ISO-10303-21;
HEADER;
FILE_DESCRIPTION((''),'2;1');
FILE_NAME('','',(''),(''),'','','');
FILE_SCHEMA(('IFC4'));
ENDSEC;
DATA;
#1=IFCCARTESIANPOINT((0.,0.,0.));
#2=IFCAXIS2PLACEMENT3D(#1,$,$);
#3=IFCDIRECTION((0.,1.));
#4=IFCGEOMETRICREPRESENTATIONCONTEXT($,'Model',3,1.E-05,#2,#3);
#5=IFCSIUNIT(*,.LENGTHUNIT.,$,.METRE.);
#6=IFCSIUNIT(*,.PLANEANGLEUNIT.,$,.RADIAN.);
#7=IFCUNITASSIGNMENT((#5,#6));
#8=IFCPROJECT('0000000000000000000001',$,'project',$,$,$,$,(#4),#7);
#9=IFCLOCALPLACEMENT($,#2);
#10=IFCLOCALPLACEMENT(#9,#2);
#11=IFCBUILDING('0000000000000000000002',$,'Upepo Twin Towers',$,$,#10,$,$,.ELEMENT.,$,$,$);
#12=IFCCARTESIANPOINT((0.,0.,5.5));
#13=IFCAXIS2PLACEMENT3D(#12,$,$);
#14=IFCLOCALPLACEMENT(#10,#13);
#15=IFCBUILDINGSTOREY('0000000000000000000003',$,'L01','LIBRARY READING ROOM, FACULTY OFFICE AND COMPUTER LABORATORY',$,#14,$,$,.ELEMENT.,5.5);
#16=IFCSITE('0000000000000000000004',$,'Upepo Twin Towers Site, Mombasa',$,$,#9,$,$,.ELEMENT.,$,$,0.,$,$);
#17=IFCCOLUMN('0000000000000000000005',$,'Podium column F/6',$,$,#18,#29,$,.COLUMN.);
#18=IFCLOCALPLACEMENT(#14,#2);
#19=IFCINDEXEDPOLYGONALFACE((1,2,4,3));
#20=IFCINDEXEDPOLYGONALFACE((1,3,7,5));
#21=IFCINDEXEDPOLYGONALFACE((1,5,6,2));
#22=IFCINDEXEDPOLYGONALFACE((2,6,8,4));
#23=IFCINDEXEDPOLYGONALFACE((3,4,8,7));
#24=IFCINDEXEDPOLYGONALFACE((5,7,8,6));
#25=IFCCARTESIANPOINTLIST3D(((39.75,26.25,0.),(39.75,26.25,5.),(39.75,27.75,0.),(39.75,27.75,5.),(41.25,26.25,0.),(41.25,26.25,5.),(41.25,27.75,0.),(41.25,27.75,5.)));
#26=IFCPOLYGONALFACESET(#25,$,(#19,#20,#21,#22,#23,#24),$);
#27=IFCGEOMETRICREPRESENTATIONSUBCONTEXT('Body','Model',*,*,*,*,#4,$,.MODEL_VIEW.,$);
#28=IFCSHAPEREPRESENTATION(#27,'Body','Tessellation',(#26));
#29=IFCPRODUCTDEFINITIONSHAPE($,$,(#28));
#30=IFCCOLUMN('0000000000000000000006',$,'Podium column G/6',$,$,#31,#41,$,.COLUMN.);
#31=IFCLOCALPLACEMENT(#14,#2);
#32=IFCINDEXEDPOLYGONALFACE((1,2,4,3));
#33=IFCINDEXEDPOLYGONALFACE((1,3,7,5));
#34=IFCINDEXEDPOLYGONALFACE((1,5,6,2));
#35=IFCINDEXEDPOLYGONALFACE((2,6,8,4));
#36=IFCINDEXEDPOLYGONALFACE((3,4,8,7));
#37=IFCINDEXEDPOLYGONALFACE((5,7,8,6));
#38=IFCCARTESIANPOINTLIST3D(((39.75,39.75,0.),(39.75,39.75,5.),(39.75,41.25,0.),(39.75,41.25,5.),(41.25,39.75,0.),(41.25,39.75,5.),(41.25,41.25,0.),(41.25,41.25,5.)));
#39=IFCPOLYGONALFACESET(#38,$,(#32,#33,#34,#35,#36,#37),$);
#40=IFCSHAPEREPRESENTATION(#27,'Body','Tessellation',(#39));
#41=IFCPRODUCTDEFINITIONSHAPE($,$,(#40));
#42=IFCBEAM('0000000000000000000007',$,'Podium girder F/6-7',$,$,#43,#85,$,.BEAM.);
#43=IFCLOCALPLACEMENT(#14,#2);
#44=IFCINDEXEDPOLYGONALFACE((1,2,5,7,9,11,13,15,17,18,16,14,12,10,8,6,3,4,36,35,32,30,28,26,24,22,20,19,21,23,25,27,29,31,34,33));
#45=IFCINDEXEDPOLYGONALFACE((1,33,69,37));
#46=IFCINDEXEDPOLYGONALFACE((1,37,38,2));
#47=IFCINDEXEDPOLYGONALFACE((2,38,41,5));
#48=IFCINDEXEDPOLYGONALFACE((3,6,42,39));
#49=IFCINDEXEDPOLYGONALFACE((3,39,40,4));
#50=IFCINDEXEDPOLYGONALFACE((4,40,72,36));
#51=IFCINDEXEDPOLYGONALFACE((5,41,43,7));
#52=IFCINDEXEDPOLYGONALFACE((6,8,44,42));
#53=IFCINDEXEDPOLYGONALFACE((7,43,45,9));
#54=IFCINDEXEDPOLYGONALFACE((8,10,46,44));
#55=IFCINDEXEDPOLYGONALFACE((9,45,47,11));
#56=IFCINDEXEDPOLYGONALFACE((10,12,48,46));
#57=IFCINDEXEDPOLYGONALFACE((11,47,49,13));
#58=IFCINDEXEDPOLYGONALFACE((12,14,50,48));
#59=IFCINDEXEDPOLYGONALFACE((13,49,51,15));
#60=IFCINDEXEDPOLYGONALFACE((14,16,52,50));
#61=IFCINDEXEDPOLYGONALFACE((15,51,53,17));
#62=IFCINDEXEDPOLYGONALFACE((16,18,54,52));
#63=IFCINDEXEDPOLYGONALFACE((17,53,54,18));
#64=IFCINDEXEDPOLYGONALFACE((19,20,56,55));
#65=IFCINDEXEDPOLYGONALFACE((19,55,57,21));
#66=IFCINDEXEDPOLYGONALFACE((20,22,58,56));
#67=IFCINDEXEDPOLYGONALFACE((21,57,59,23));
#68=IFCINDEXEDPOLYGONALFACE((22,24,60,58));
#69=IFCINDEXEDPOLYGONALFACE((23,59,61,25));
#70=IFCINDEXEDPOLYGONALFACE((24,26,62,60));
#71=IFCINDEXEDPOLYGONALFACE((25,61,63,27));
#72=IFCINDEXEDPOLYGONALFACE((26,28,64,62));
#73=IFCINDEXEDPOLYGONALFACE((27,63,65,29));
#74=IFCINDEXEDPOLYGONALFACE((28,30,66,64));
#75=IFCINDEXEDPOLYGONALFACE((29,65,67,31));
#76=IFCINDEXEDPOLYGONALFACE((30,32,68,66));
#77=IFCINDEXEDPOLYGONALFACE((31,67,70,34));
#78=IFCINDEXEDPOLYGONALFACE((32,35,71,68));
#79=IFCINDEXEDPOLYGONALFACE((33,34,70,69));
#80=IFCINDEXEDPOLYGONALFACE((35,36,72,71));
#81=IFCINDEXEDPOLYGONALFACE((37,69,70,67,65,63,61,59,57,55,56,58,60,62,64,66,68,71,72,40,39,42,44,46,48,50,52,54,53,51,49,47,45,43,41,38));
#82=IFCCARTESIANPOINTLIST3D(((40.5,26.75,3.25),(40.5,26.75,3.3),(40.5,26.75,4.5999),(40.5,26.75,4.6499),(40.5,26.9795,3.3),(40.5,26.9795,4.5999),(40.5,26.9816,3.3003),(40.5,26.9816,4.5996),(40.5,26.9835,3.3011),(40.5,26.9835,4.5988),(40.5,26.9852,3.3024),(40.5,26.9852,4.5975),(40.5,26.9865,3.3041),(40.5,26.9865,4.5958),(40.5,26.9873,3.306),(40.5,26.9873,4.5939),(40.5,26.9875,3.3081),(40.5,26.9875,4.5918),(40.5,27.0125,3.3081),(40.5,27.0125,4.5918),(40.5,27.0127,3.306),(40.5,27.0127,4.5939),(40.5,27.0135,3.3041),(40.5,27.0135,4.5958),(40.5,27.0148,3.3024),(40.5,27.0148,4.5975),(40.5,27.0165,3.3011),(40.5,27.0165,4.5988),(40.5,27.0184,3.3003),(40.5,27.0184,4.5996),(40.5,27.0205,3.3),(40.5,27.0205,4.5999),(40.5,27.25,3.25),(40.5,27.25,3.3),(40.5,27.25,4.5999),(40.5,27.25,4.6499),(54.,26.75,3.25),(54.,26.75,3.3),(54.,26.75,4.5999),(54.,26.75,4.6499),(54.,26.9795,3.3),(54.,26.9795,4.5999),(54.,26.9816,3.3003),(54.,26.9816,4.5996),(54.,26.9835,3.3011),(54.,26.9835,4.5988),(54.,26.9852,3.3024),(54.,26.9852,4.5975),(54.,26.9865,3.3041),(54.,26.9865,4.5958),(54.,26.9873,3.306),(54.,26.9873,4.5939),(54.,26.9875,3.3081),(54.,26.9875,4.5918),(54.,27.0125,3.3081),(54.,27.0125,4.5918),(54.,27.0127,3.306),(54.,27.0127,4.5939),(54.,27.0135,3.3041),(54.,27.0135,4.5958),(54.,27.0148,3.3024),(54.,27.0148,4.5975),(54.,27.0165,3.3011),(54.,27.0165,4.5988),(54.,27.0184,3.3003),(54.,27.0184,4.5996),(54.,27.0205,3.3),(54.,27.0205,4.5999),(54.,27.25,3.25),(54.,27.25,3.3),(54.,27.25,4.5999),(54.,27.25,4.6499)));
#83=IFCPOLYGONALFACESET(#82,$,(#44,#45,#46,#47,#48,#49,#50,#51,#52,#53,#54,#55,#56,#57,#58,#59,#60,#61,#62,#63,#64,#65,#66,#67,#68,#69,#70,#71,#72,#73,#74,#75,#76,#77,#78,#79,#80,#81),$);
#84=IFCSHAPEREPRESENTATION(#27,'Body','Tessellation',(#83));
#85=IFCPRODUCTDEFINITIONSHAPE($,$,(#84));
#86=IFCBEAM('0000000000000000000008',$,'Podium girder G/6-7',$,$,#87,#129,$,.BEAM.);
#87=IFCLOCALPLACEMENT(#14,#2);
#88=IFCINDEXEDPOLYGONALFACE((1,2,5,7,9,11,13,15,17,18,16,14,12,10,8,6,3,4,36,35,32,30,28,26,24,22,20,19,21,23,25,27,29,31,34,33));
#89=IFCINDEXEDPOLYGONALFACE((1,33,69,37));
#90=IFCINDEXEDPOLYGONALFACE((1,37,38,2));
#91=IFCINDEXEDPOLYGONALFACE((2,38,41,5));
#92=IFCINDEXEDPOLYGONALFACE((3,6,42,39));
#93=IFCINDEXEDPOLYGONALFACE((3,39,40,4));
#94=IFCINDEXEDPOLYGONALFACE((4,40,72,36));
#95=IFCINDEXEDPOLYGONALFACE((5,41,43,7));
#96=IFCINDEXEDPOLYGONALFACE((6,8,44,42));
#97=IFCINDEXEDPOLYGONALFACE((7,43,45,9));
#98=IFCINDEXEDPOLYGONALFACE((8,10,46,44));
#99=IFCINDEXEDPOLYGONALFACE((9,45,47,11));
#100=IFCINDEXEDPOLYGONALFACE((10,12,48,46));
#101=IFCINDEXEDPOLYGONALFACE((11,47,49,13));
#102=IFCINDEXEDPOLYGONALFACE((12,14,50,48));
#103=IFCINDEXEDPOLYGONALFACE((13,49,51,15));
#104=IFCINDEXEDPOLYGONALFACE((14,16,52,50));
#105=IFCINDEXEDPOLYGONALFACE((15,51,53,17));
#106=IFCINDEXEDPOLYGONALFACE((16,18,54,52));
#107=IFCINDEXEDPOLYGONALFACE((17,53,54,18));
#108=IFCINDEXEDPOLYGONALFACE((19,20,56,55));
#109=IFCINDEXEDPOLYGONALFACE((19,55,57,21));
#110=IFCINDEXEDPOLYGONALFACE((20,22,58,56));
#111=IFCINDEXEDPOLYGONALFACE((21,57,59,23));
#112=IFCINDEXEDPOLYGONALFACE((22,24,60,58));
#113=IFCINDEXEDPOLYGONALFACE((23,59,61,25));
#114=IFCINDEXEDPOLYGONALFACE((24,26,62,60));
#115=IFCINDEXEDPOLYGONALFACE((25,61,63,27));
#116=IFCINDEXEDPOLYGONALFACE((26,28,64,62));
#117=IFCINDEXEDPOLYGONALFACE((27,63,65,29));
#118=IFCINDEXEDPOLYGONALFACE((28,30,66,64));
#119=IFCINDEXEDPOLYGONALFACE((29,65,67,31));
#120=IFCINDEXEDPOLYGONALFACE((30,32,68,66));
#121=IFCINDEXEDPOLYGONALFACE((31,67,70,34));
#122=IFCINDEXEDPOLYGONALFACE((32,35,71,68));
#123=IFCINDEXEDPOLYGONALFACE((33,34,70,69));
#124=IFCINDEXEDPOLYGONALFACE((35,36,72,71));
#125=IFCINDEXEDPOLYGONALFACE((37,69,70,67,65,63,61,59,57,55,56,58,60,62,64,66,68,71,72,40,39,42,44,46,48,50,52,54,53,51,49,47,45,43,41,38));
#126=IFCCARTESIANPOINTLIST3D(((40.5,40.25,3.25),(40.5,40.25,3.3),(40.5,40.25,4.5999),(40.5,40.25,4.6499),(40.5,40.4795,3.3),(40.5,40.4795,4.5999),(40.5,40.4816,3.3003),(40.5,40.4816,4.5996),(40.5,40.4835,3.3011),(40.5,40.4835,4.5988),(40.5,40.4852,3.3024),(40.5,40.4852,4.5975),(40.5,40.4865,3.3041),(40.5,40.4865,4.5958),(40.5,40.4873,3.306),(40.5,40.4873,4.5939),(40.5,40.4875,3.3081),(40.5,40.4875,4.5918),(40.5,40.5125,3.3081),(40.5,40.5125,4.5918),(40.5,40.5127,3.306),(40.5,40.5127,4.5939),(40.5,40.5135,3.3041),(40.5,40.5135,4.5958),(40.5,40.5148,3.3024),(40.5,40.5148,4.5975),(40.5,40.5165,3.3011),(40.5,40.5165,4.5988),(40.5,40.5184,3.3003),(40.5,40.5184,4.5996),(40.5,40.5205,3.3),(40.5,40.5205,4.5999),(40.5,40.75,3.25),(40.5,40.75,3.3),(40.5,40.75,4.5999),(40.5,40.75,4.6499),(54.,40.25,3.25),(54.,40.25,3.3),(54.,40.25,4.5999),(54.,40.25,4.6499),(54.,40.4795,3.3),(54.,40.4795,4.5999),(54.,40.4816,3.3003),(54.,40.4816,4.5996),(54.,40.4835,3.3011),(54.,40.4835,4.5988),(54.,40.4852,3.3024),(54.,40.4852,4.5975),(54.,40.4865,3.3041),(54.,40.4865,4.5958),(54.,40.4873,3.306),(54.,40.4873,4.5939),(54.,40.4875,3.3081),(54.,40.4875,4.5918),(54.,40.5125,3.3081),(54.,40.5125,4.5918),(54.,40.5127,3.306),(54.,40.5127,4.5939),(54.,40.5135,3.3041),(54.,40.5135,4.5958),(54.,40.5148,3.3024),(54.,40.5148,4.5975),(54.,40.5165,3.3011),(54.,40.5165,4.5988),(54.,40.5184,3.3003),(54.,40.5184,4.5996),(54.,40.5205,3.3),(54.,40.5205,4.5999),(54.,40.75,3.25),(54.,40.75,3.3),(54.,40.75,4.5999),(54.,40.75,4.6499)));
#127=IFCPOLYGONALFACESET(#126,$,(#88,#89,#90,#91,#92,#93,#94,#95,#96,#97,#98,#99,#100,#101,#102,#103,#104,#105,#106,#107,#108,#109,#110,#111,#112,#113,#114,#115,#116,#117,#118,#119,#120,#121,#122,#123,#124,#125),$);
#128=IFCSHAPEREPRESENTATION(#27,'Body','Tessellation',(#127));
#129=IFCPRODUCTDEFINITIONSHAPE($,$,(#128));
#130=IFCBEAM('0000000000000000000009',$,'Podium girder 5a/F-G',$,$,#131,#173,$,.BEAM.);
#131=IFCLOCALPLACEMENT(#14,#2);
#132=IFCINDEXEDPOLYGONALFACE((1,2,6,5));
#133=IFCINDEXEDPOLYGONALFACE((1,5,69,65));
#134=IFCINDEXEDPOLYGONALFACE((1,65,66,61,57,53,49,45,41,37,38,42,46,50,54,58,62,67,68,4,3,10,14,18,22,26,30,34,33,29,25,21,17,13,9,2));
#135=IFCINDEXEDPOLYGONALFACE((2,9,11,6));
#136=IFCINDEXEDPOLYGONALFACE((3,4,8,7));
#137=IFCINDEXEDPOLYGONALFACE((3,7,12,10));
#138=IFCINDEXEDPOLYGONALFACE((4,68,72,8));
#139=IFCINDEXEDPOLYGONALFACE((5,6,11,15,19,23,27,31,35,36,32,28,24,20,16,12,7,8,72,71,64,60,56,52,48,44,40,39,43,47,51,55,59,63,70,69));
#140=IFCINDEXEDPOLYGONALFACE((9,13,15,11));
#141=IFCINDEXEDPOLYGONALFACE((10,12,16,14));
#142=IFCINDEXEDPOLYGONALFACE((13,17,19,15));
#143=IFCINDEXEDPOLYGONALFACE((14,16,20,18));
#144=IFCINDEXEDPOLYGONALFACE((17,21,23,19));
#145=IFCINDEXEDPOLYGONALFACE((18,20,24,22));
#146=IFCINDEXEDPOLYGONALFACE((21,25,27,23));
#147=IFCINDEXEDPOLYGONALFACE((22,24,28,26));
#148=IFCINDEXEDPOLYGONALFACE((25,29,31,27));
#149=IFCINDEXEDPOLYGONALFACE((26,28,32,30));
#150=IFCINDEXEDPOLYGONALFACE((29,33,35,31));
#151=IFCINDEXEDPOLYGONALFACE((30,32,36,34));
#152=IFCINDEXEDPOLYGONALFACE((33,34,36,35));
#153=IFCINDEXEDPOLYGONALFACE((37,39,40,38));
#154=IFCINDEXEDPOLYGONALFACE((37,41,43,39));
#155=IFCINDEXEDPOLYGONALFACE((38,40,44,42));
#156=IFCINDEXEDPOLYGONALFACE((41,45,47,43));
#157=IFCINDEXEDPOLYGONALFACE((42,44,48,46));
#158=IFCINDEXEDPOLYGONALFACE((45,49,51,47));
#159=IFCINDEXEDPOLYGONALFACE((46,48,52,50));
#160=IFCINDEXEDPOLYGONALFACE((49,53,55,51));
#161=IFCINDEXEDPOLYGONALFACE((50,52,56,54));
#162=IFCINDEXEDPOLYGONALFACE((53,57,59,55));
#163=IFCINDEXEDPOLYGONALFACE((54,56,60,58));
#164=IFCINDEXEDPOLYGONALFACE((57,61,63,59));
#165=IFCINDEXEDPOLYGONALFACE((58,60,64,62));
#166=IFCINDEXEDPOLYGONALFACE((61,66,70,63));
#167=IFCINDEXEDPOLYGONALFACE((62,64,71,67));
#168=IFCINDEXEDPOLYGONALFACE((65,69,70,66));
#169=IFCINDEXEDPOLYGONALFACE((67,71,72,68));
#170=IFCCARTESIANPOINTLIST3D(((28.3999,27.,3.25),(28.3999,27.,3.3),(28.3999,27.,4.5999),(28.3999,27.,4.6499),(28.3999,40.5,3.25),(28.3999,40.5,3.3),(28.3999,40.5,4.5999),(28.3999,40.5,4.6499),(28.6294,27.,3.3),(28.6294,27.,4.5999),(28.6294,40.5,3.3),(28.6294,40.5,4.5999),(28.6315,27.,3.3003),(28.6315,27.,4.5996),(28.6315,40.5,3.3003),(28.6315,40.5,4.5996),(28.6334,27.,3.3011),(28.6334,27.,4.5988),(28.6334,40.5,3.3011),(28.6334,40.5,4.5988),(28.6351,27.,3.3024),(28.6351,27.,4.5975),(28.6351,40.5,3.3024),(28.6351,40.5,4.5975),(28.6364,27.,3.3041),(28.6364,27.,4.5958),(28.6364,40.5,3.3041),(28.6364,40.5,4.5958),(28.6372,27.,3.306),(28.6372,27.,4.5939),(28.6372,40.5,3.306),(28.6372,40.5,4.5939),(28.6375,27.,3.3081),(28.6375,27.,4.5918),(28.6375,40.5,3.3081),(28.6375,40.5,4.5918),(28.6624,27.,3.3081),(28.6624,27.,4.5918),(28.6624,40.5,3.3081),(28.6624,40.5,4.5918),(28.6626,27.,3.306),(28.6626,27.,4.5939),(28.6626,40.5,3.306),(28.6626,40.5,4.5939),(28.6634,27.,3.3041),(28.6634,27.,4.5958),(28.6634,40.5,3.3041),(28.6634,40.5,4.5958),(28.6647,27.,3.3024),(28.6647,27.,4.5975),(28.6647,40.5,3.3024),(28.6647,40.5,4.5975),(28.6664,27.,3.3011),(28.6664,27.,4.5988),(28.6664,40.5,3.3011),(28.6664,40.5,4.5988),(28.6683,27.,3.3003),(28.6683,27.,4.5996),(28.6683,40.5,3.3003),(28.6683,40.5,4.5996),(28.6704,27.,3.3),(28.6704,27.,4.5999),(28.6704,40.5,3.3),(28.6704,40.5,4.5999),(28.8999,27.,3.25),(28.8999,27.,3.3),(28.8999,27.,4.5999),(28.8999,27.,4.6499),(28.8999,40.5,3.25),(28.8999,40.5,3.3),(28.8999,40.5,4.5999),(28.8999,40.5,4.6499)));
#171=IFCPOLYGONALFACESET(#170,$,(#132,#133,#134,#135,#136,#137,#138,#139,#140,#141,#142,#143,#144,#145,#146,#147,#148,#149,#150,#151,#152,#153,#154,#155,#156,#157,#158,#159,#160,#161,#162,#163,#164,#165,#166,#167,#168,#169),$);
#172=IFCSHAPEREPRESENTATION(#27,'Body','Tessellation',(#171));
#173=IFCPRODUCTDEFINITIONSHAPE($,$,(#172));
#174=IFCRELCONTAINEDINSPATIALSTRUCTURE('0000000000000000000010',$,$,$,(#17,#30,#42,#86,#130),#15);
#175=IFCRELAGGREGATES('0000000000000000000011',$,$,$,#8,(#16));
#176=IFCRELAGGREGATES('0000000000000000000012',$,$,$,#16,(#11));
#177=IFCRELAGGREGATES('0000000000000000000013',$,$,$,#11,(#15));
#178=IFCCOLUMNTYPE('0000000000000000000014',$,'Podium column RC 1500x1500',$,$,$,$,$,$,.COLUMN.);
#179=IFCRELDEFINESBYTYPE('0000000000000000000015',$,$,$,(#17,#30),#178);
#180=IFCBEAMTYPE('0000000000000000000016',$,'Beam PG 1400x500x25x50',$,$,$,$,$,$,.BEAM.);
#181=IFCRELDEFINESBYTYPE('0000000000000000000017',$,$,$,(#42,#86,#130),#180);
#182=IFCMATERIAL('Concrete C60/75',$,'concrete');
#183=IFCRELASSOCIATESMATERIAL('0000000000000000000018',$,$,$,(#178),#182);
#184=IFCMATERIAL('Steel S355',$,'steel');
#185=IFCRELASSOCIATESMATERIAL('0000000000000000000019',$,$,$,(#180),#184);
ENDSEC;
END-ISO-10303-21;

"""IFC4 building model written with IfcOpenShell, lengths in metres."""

from ifc_helpers import new_model, si_unit, direction, frame, origin, origin_2d, place, context, subcontext, project, spatial, rectangle, i_section, extrude, material, material_profile, profile_set, type_object, element, save


model = new_model("IFC4")

# Units and contexts
model_context = context("Model", 3, precision=1e-05, world=origin(), true_north=direction((0.0, 1.0)))
body_context = subcontext(model_context, "Body", "Model", "MODEL_VIEW")
ifc_project = project(units=[si_unit("LENGTHUNIT", "METRE"), si_unit("PLANEANGLEUNIT", "RADIAN")], contexts=[model_context])

# Site, building, storey
site_placement = place(None, origin())
site = spatial("IfcSite", under=ifc_project, at=site_placement, Name="Upepo Twin Towers Site, Mombasa", CompositionType="ELEMENT", RefElevation=0.0)
building_placement = place(site_placement, origin())
building = spatial("IfcBuilding", under=site, at=building_placement, Name="Upepo Twin Towers", CompositionType="ELEMENT")
storey_placement = place(building_placement, frame((0.0, 0.0, 5.5)))
storey = spatial("IfcBuildingStorey", under=building, at=storey_placement, Name="L01", Description="LIBRARY READING ROOM, FACULTY OFFICE AND COMPUTER LABORATORY", CompositionType="ELEMENT", Elevation=5.5)

# Columns
ifc_material_1 = material(Name="Concrete C60/75", Category="concrete")
ifc_material_profile_1 = material_profile(ifc_material_1, rectangle(XDim=1.5, YDim=1.5, at=origin_2d()), Name="RC 1500x1500")
ifc_profile_set_1 = profile_set([ifc_material_profile_1], Name="Concrete C60/75")
column_type = type_object("IfcColumnType", Name="Podium column RC 1500x1500", PredefinedType="COLUMN", material=ifc_profile_set_1)
for number, where, z_axis, x_axis, name in (
    (1, (40.5, 27.0, 0.0), (0.0, 0.0, 1.0), (1.0, 0.0, 0.0), "Podium column F/6"),
    (2, (40.5, 40.5, 0.0), (0.0, 0.0, 1.0), (1.0, 0.0, 0.0), "Podium column G/6"),
):
    element("IfcColumn", number, at=place(storey_placement, frame(where, z_axis=z_axis, x_axis=x_axis)), inside=storey, type_object=column_type, Name=name, PredefinedType="COLUMN", context=body_context, shape_type="SweptSolid", body=[
        extrude(rectangle(XDim=1.5, YDim=1.5, at=origin_2d()), origin(), (0.0, 0.0, 1.0), 5.0),
    ])

# Beams
ifc_material_2 = material(Name="Steel S355", Category="steel")
ifc_material_profile_2 = material_profile(ifc_material_2, i_section(OverallWidth=0.5, OverallDepth=1.3999, WebThickness=0.0249, FlangeThickness=0.05, FilletRadius=0.0081, at=origin_2d()), Name="PG 1400x500x25x50")
ifc_profile_set_2 = profile_set([ifc_material_profile_2], Name="Steel S355")
beam_type_1 = type_object("IfcBeamType", Name="Beam PG 1400x500x25x50", PredefinedType="BEAM", material=ifc_profile_set_2)
for number, where, z_axis, x_axis, name in (
    (3, (40.5, 27.0, 3.95), (1.0, 0.0, 0.0), (0.0, 1.0, 0.0), "Podium girder F/6-7"),
    (4, (40.5, 40.5, 3.95), (1.0, 0.0, 0.0), (0.0, 1.0, 0.0), "Podium girder G/6-7"),
    (5, (28.6499, 27.0, 3.95), (0.0, 1.0, 0.0), (-1.0, 0.0, 0.0), "Podium girder 5a/F-G"),
):
    element("IfcBeam", number, at=place(storey_placement, frame(where, z_axis=z_axis, x_axis=x_axis)), inside=storey, type_object=beam_type_1, Name=name, PredefinedType="BEAM", context=body_context, shape_type="SweptSolid", body=[
        extrude(i_section(OverallWidth=0.5, OverallDepth=1.3999, WebThickness=0.0249, FlangeThickness=0.05, FilletRadius=0.0081, at=origin_2d()), origin(), (0.0, 0.0, 1.0), 13.5),
    ])

save(model, "model.ifc")
